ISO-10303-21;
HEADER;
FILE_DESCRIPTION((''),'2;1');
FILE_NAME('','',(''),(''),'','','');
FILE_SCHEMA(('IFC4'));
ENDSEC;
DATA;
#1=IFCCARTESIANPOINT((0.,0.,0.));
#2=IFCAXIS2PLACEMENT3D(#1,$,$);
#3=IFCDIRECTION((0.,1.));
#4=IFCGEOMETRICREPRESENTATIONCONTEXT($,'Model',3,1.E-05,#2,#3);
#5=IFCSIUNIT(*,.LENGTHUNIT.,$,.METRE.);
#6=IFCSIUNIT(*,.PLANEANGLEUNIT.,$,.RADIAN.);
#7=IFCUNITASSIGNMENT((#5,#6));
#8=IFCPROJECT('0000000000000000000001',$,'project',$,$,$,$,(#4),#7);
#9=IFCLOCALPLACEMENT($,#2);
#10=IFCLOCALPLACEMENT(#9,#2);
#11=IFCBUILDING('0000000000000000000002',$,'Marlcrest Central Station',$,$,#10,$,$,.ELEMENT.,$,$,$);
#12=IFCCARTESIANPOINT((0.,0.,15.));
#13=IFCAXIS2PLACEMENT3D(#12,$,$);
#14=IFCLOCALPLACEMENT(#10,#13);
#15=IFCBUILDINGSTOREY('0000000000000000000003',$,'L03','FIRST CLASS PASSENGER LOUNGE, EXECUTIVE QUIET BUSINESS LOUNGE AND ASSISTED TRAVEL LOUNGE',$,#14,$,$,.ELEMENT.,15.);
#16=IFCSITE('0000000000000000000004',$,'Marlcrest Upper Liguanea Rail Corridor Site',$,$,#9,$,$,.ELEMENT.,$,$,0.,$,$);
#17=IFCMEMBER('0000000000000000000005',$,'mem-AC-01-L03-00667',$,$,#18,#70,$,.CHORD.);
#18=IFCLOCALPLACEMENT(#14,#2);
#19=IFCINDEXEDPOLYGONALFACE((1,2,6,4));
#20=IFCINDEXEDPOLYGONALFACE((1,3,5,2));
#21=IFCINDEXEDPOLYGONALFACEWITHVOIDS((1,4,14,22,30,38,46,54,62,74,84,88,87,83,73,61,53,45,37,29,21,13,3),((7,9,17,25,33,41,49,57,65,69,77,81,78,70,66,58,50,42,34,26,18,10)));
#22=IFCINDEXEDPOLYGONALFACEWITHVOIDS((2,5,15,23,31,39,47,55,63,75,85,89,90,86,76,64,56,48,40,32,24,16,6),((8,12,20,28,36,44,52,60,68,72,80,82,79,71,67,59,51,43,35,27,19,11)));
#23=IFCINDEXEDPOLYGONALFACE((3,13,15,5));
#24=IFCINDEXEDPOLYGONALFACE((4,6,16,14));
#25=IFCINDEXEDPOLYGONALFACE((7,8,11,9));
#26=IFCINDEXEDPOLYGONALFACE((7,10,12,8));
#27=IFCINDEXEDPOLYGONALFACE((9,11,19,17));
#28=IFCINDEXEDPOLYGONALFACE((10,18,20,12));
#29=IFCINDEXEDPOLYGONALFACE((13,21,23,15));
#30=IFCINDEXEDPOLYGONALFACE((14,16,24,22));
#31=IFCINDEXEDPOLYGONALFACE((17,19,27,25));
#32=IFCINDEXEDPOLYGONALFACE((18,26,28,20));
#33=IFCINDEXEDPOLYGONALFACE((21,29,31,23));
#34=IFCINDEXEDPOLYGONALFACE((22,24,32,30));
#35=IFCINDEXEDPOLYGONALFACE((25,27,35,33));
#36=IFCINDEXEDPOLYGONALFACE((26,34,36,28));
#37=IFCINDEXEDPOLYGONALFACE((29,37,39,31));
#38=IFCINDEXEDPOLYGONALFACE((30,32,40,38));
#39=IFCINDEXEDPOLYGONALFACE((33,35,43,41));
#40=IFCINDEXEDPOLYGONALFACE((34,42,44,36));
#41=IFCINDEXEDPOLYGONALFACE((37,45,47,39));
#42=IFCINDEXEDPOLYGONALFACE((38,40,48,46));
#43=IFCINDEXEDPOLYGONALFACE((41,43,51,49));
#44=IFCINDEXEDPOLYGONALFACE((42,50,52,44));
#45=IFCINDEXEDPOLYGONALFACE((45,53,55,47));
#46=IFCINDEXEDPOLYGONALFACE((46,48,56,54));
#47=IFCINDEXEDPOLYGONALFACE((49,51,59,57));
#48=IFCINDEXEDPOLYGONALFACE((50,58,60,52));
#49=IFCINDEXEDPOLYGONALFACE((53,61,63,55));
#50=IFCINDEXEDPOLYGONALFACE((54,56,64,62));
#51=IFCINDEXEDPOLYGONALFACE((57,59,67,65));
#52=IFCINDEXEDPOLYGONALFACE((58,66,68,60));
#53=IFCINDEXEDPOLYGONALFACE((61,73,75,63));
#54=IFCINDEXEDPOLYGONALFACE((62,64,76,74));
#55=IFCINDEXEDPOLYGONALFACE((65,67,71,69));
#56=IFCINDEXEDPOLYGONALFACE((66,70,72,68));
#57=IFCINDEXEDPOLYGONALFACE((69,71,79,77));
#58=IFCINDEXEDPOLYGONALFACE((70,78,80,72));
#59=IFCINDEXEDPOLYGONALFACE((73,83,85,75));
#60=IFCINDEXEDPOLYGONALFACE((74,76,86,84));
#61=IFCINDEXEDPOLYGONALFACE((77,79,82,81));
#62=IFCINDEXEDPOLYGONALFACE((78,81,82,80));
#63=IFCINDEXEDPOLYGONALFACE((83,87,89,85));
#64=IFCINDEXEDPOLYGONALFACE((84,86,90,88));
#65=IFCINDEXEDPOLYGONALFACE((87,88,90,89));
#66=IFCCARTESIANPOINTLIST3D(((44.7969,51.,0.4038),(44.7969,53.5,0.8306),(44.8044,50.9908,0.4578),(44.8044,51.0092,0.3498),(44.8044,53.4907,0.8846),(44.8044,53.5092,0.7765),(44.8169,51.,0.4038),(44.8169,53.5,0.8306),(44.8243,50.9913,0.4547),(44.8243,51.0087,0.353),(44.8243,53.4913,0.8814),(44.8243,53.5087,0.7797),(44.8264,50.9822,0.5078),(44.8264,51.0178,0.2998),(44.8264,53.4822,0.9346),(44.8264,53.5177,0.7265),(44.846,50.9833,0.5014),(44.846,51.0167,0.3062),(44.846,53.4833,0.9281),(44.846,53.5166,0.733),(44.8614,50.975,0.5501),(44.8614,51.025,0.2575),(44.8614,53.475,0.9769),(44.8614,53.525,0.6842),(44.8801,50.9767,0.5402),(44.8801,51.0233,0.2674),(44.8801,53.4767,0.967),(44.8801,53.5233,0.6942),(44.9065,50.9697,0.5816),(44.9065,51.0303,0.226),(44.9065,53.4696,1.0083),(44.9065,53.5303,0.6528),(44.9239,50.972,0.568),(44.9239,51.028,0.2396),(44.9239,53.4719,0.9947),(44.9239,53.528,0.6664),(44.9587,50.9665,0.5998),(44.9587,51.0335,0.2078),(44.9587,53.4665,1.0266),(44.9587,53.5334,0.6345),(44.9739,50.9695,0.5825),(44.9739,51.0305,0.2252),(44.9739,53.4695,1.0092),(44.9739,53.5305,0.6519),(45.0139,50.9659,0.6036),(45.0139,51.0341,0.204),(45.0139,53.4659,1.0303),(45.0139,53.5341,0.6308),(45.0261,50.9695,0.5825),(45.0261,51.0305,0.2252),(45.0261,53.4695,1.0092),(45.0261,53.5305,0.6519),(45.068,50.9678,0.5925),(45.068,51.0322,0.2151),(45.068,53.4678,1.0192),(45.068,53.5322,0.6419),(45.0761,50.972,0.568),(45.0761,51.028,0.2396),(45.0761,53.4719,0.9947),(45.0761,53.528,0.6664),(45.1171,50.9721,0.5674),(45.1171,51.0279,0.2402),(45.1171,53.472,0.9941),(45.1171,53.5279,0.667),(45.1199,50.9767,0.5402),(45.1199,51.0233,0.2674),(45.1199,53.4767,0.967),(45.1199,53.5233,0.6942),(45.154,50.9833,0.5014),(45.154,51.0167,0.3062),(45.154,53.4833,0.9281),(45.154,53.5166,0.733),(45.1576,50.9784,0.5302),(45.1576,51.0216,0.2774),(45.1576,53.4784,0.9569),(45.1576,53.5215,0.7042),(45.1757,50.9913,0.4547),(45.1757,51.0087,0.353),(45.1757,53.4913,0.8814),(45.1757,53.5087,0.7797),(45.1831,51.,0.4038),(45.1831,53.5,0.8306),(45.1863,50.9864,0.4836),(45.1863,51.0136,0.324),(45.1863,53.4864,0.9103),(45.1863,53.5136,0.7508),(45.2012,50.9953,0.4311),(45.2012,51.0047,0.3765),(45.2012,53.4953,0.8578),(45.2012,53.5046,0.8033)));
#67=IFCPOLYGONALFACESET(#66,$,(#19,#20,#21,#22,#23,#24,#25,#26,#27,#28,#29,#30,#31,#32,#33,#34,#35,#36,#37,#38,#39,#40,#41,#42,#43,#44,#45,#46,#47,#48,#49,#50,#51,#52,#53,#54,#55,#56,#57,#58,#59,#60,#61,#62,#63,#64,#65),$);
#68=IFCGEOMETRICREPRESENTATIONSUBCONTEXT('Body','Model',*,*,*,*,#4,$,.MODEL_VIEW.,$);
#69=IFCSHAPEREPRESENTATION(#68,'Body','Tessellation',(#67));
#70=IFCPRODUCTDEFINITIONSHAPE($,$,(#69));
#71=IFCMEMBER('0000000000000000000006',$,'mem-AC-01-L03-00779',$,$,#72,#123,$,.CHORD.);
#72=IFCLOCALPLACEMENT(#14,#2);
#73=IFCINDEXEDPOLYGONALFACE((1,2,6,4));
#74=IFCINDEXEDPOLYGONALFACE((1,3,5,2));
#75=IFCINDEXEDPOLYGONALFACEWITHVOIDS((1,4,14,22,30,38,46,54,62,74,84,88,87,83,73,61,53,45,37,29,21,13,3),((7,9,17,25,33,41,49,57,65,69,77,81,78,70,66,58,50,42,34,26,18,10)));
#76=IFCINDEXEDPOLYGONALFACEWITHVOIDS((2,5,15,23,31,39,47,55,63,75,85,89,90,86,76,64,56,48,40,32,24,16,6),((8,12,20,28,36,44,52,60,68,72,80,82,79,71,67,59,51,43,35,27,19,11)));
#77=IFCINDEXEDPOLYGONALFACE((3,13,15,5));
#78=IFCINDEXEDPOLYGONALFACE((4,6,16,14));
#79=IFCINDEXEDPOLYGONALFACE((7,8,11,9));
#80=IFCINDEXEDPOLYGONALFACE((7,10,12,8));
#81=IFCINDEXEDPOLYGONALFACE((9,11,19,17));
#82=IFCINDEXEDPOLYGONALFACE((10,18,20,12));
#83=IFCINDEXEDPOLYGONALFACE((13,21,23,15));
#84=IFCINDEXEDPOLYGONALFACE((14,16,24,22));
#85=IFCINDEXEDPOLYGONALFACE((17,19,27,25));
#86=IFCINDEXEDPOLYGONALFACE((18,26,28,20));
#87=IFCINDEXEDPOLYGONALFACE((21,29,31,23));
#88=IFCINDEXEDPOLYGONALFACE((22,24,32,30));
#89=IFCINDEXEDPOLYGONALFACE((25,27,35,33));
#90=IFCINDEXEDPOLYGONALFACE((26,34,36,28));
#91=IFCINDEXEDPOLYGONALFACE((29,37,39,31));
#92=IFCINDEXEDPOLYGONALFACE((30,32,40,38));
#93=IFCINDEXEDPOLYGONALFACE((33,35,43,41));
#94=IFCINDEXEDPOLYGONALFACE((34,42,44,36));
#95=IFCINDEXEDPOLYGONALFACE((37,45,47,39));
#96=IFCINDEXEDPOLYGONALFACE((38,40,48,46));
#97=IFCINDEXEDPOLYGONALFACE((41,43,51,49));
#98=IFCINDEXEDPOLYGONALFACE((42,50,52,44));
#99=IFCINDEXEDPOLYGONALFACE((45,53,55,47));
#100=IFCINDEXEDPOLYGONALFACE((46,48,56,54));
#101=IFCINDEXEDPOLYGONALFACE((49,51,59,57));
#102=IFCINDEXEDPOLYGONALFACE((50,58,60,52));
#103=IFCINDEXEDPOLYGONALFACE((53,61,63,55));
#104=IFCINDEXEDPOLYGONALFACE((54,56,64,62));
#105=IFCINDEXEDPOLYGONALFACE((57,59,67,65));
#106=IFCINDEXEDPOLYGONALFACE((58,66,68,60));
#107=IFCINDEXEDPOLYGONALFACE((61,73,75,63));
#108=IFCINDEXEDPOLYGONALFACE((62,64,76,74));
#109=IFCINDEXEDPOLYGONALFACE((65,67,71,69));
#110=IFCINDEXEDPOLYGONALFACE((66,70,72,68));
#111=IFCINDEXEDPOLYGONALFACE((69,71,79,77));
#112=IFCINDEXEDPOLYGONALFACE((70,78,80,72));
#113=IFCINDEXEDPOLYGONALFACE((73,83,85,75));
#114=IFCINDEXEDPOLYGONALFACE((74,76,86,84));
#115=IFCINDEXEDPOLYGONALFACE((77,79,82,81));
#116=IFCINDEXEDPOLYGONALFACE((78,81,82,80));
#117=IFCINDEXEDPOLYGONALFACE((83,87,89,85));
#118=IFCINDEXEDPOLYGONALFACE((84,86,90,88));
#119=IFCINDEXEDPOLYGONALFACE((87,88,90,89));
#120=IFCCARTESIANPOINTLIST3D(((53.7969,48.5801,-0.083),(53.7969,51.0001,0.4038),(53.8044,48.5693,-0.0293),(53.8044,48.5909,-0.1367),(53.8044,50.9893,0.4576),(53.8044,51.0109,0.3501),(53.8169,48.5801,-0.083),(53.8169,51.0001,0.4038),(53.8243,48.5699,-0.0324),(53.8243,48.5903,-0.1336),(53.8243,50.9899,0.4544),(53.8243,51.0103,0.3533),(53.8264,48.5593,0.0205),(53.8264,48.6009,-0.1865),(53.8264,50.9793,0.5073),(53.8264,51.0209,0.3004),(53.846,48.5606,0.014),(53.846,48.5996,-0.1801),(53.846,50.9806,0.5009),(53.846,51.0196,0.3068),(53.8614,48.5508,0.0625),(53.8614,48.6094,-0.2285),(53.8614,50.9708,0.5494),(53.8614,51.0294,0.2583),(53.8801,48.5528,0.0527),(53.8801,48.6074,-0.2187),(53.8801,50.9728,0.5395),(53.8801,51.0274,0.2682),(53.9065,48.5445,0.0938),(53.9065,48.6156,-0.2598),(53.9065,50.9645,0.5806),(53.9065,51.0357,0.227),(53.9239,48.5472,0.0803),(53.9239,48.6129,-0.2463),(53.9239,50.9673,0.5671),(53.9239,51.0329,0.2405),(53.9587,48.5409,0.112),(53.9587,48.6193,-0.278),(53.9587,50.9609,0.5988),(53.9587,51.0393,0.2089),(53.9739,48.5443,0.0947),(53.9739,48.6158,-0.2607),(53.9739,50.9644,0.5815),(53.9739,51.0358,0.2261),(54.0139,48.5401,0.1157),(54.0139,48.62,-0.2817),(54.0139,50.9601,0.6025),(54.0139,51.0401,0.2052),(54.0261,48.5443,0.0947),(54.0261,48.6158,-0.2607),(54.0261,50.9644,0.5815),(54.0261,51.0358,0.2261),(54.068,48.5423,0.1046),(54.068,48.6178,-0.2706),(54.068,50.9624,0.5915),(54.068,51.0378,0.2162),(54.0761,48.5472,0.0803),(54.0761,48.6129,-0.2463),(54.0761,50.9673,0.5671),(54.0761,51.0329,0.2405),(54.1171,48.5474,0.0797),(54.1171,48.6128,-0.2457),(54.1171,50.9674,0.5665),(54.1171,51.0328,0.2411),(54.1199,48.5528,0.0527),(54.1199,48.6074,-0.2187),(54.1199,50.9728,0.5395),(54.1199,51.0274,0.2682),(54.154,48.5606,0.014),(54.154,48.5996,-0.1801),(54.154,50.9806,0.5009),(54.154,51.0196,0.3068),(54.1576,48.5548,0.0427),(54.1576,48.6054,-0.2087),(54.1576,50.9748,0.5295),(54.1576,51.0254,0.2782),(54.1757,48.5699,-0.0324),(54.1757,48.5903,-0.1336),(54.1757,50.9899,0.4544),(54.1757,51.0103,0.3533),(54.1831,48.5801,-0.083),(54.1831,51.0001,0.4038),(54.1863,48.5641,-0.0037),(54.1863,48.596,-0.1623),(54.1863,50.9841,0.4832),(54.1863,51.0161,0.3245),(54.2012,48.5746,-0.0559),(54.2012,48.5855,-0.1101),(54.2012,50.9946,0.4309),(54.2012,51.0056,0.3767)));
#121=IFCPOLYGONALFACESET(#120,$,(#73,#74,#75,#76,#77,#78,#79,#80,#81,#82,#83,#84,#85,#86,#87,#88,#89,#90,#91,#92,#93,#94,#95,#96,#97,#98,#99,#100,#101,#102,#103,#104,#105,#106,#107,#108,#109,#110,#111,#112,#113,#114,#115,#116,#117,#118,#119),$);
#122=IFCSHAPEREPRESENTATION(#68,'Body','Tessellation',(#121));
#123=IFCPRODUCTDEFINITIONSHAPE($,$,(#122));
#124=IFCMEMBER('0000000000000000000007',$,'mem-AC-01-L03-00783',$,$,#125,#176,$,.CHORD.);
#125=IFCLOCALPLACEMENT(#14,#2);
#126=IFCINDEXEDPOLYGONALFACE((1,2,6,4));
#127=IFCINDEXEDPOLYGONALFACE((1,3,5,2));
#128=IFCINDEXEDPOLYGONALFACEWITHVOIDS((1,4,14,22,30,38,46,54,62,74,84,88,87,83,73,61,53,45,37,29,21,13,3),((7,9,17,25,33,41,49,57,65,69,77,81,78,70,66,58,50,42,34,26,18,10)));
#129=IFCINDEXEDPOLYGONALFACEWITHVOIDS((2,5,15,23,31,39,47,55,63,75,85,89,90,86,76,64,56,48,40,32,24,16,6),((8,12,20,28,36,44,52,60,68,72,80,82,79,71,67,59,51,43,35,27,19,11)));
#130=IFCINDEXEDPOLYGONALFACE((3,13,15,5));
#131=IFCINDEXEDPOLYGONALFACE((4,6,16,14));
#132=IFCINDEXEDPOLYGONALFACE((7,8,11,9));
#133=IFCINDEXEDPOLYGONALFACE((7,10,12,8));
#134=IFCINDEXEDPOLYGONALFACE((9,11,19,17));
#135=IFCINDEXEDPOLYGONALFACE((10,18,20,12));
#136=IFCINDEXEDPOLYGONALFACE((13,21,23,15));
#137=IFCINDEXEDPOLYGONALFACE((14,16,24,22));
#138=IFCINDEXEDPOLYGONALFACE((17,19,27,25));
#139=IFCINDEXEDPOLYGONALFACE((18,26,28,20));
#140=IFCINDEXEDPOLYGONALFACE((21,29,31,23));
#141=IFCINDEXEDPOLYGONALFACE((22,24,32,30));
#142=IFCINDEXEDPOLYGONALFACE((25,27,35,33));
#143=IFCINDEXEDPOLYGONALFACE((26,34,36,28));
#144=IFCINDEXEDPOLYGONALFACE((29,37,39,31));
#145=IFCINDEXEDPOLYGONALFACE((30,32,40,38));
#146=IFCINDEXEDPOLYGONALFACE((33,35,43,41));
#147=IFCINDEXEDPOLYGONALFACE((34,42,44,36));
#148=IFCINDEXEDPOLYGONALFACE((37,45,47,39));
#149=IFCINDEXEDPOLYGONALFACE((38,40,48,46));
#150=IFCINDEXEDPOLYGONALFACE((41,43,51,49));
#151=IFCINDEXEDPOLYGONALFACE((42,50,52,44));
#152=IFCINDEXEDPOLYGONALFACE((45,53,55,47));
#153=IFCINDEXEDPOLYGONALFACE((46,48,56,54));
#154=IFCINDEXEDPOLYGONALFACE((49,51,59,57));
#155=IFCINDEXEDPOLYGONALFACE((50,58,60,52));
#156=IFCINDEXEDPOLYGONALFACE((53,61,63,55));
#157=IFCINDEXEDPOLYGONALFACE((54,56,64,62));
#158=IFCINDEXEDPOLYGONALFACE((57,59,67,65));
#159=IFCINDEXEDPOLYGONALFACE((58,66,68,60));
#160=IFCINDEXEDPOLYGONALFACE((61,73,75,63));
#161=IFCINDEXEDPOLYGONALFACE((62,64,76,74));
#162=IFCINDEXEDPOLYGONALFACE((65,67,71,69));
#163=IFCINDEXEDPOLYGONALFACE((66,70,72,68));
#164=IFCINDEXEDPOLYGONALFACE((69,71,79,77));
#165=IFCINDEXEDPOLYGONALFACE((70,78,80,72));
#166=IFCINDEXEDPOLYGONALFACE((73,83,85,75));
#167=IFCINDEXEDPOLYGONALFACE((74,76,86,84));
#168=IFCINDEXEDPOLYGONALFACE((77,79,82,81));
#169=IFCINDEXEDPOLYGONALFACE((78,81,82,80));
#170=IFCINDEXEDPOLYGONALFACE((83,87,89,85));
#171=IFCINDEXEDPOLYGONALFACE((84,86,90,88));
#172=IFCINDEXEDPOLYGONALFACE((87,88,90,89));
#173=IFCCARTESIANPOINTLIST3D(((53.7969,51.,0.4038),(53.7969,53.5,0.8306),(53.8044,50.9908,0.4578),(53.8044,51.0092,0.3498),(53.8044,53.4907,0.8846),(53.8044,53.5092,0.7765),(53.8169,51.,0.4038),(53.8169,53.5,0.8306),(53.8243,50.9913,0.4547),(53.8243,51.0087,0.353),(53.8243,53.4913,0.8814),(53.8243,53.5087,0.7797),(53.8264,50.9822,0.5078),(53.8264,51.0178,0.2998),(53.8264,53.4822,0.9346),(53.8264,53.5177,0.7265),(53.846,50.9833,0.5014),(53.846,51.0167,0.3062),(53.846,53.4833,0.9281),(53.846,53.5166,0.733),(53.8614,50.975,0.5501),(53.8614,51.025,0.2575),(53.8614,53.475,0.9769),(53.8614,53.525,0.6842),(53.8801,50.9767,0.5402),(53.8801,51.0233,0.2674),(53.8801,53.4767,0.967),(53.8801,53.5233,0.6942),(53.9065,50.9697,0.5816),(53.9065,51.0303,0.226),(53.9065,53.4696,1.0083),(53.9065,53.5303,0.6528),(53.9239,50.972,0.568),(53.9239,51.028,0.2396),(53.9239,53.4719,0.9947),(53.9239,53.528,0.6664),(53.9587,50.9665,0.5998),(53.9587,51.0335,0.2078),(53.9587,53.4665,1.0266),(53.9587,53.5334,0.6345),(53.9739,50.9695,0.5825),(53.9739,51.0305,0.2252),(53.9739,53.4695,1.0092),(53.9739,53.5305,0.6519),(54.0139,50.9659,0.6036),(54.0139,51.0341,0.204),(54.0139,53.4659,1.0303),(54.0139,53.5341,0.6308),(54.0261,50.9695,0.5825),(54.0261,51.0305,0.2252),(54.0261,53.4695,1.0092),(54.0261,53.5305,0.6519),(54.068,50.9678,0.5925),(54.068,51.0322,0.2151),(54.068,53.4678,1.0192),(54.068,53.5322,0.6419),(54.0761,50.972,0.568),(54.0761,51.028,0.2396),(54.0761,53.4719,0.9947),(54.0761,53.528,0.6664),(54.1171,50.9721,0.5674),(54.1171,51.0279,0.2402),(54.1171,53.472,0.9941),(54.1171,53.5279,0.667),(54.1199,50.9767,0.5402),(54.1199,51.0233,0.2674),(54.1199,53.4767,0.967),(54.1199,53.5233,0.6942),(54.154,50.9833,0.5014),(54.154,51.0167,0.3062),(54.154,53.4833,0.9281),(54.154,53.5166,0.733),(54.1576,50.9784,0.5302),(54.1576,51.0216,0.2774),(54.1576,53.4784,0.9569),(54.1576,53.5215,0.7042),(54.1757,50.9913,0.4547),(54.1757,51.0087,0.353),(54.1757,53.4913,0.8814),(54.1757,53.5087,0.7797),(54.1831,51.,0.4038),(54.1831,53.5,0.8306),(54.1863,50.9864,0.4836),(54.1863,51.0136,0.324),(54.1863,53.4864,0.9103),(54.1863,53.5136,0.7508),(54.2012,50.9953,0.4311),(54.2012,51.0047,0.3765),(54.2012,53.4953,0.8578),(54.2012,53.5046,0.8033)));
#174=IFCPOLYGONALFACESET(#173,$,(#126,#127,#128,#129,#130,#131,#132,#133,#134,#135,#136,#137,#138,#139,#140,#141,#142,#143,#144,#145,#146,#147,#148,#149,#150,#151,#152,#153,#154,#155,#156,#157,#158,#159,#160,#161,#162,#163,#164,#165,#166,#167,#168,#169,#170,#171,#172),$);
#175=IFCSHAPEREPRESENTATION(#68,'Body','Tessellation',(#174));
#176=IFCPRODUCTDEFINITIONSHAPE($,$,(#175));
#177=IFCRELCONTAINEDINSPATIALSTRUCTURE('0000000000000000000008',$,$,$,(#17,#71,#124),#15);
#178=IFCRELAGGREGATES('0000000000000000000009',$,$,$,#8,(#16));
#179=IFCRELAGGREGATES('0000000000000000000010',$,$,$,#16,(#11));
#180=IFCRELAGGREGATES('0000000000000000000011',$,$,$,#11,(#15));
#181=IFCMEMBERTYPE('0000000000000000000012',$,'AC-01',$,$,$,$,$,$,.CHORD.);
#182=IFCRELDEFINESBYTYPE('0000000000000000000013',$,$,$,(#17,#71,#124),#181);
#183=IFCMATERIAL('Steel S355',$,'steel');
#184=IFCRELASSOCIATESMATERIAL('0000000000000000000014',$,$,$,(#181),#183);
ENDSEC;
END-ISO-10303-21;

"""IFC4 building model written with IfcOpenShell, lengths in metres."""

from ifc_helpers import new_model, si_unit, direction, frame, origin, origin_2d, place, context, subcontext, project, spatial, hollow_circle, extrude, material, material_profile, profile_set, type_object, element, save


model = new_model("IFC4")

# Units and contexts
model_context = context("Model", 3, precision=1e-05, world=origin(), true_north=direction((0.0, 1.0)))
body_context = subcontext(model_context, "Body", "Model", "MODEL_VIEW")
ifc_project = project(units=[si_unit("LENGTHUNIT", "METRE"), si_unit("PLANEANGLEUNIT", "RADIAN")], contexts=[model_context])

# Site, building, storey
site_placement = place(None, origin())
site = spatial("IfcSite", under=ifc_project, at=site_placement, Name="Marlcrest Upper Liguanea Rail Corridor Site", CompositionType="ELEMENT", RefElevation=0.0)
building_placement = place(site_placement, origin())
building = spatial("IfcBuilding", under=site, at=building_placement, Name="Marlcrest Central Station", CompositionType="ELEMENT")
storey_placement = place(building_placement, frame((0.0, 0.0, 15.0)))
storey = spatial("IfcBuildingStorey", under=building, at=storey_placement, Name="L03", Description="FIRST CLASS PASSENGER LOUNGE, EXECUTIVE QUIET BUSINESS LOUNGE AND ASSISTED TRAVEL LOUNGE", CompositionType="ELEMENT", Elevation=15.0)

# Members
ifc_material_1 = material(Name="Steel S355", Category="steel")
ifc_material_profile_1 = material_profile(ifc_material_1, hollow_circle(Radius=0.2031, WallThickness=0.02, at=origin_2d()), Name="CHS 406.4x20")
ifc_profile_set_1 = profile_set([ifc_material_profile_1], Name="Steel S355")
member_type_1 = type_object("IfcMemberType", Name="AC-01", PredefinedType="CHORD", material=ifc_profile_set_1)
member_1_placement = place(storey_placement, frame((45.0, 51.0, 0.4038), z_axis=(0.0, 0.985741, 0.168269), x_axis=(-1.0, 0.0, 0.0)))
element("IfcMember", 1, at=member_1_placement, inside=storey, type_object=member_type_1, Name="mem-AC-01-L03-00667", PredefinedType="CHORD", context=body_context, shape_type="SweptSolid", body=[
    extrude(hollow_circle(Radius=0.2031, WallThickness=0.02, at=origin_2d()), origin(), (0.0, 0.0, 1.0), 2.5361),
])
member_2_placement = place(storey_placement, frame((54.0, 48.5801, -0.083), z_axis=(0.0, 0.980359, 0.197219), x_axis=(-1.0, 0.0, 0.0)))
element("IfcMember", 2, at=member_2_placement, inside=storey, type_object=member_type_1, Name="mem-AC-01-L03-00779", PredefinedType="CHORD", context=body_context, shape_type="SweptSolid", body=[
    extrude(hollow_circle(Radius=0.2031, WallThickness=0.02, at=origin_2d()), origin(), (0.0, 0.0, 1.0), 2.4685),
])
member_3_placement = place(storey_placement, frame((54.0, 51.0, 0.4038), z_axis=(0.0, 0.985741, 0.168269), x_axis=(-1.0, 0.0, 0.0)))
element("IfcMember", 3, at=member_3_placement, inside=storey, type_object=member_type_1, Name="mem-AC-01-L03-00783", PredefinedType="CHORD", context=body_context, shape_type="SweptSolid", body=[
    extrude(hollow_circle(Radius=0.2031, WallThickness=0.02, at=origin_2d()), origin(), (0.0, 0.0, 1.0), 2.5361),
])

save(model, "model.ifc")
